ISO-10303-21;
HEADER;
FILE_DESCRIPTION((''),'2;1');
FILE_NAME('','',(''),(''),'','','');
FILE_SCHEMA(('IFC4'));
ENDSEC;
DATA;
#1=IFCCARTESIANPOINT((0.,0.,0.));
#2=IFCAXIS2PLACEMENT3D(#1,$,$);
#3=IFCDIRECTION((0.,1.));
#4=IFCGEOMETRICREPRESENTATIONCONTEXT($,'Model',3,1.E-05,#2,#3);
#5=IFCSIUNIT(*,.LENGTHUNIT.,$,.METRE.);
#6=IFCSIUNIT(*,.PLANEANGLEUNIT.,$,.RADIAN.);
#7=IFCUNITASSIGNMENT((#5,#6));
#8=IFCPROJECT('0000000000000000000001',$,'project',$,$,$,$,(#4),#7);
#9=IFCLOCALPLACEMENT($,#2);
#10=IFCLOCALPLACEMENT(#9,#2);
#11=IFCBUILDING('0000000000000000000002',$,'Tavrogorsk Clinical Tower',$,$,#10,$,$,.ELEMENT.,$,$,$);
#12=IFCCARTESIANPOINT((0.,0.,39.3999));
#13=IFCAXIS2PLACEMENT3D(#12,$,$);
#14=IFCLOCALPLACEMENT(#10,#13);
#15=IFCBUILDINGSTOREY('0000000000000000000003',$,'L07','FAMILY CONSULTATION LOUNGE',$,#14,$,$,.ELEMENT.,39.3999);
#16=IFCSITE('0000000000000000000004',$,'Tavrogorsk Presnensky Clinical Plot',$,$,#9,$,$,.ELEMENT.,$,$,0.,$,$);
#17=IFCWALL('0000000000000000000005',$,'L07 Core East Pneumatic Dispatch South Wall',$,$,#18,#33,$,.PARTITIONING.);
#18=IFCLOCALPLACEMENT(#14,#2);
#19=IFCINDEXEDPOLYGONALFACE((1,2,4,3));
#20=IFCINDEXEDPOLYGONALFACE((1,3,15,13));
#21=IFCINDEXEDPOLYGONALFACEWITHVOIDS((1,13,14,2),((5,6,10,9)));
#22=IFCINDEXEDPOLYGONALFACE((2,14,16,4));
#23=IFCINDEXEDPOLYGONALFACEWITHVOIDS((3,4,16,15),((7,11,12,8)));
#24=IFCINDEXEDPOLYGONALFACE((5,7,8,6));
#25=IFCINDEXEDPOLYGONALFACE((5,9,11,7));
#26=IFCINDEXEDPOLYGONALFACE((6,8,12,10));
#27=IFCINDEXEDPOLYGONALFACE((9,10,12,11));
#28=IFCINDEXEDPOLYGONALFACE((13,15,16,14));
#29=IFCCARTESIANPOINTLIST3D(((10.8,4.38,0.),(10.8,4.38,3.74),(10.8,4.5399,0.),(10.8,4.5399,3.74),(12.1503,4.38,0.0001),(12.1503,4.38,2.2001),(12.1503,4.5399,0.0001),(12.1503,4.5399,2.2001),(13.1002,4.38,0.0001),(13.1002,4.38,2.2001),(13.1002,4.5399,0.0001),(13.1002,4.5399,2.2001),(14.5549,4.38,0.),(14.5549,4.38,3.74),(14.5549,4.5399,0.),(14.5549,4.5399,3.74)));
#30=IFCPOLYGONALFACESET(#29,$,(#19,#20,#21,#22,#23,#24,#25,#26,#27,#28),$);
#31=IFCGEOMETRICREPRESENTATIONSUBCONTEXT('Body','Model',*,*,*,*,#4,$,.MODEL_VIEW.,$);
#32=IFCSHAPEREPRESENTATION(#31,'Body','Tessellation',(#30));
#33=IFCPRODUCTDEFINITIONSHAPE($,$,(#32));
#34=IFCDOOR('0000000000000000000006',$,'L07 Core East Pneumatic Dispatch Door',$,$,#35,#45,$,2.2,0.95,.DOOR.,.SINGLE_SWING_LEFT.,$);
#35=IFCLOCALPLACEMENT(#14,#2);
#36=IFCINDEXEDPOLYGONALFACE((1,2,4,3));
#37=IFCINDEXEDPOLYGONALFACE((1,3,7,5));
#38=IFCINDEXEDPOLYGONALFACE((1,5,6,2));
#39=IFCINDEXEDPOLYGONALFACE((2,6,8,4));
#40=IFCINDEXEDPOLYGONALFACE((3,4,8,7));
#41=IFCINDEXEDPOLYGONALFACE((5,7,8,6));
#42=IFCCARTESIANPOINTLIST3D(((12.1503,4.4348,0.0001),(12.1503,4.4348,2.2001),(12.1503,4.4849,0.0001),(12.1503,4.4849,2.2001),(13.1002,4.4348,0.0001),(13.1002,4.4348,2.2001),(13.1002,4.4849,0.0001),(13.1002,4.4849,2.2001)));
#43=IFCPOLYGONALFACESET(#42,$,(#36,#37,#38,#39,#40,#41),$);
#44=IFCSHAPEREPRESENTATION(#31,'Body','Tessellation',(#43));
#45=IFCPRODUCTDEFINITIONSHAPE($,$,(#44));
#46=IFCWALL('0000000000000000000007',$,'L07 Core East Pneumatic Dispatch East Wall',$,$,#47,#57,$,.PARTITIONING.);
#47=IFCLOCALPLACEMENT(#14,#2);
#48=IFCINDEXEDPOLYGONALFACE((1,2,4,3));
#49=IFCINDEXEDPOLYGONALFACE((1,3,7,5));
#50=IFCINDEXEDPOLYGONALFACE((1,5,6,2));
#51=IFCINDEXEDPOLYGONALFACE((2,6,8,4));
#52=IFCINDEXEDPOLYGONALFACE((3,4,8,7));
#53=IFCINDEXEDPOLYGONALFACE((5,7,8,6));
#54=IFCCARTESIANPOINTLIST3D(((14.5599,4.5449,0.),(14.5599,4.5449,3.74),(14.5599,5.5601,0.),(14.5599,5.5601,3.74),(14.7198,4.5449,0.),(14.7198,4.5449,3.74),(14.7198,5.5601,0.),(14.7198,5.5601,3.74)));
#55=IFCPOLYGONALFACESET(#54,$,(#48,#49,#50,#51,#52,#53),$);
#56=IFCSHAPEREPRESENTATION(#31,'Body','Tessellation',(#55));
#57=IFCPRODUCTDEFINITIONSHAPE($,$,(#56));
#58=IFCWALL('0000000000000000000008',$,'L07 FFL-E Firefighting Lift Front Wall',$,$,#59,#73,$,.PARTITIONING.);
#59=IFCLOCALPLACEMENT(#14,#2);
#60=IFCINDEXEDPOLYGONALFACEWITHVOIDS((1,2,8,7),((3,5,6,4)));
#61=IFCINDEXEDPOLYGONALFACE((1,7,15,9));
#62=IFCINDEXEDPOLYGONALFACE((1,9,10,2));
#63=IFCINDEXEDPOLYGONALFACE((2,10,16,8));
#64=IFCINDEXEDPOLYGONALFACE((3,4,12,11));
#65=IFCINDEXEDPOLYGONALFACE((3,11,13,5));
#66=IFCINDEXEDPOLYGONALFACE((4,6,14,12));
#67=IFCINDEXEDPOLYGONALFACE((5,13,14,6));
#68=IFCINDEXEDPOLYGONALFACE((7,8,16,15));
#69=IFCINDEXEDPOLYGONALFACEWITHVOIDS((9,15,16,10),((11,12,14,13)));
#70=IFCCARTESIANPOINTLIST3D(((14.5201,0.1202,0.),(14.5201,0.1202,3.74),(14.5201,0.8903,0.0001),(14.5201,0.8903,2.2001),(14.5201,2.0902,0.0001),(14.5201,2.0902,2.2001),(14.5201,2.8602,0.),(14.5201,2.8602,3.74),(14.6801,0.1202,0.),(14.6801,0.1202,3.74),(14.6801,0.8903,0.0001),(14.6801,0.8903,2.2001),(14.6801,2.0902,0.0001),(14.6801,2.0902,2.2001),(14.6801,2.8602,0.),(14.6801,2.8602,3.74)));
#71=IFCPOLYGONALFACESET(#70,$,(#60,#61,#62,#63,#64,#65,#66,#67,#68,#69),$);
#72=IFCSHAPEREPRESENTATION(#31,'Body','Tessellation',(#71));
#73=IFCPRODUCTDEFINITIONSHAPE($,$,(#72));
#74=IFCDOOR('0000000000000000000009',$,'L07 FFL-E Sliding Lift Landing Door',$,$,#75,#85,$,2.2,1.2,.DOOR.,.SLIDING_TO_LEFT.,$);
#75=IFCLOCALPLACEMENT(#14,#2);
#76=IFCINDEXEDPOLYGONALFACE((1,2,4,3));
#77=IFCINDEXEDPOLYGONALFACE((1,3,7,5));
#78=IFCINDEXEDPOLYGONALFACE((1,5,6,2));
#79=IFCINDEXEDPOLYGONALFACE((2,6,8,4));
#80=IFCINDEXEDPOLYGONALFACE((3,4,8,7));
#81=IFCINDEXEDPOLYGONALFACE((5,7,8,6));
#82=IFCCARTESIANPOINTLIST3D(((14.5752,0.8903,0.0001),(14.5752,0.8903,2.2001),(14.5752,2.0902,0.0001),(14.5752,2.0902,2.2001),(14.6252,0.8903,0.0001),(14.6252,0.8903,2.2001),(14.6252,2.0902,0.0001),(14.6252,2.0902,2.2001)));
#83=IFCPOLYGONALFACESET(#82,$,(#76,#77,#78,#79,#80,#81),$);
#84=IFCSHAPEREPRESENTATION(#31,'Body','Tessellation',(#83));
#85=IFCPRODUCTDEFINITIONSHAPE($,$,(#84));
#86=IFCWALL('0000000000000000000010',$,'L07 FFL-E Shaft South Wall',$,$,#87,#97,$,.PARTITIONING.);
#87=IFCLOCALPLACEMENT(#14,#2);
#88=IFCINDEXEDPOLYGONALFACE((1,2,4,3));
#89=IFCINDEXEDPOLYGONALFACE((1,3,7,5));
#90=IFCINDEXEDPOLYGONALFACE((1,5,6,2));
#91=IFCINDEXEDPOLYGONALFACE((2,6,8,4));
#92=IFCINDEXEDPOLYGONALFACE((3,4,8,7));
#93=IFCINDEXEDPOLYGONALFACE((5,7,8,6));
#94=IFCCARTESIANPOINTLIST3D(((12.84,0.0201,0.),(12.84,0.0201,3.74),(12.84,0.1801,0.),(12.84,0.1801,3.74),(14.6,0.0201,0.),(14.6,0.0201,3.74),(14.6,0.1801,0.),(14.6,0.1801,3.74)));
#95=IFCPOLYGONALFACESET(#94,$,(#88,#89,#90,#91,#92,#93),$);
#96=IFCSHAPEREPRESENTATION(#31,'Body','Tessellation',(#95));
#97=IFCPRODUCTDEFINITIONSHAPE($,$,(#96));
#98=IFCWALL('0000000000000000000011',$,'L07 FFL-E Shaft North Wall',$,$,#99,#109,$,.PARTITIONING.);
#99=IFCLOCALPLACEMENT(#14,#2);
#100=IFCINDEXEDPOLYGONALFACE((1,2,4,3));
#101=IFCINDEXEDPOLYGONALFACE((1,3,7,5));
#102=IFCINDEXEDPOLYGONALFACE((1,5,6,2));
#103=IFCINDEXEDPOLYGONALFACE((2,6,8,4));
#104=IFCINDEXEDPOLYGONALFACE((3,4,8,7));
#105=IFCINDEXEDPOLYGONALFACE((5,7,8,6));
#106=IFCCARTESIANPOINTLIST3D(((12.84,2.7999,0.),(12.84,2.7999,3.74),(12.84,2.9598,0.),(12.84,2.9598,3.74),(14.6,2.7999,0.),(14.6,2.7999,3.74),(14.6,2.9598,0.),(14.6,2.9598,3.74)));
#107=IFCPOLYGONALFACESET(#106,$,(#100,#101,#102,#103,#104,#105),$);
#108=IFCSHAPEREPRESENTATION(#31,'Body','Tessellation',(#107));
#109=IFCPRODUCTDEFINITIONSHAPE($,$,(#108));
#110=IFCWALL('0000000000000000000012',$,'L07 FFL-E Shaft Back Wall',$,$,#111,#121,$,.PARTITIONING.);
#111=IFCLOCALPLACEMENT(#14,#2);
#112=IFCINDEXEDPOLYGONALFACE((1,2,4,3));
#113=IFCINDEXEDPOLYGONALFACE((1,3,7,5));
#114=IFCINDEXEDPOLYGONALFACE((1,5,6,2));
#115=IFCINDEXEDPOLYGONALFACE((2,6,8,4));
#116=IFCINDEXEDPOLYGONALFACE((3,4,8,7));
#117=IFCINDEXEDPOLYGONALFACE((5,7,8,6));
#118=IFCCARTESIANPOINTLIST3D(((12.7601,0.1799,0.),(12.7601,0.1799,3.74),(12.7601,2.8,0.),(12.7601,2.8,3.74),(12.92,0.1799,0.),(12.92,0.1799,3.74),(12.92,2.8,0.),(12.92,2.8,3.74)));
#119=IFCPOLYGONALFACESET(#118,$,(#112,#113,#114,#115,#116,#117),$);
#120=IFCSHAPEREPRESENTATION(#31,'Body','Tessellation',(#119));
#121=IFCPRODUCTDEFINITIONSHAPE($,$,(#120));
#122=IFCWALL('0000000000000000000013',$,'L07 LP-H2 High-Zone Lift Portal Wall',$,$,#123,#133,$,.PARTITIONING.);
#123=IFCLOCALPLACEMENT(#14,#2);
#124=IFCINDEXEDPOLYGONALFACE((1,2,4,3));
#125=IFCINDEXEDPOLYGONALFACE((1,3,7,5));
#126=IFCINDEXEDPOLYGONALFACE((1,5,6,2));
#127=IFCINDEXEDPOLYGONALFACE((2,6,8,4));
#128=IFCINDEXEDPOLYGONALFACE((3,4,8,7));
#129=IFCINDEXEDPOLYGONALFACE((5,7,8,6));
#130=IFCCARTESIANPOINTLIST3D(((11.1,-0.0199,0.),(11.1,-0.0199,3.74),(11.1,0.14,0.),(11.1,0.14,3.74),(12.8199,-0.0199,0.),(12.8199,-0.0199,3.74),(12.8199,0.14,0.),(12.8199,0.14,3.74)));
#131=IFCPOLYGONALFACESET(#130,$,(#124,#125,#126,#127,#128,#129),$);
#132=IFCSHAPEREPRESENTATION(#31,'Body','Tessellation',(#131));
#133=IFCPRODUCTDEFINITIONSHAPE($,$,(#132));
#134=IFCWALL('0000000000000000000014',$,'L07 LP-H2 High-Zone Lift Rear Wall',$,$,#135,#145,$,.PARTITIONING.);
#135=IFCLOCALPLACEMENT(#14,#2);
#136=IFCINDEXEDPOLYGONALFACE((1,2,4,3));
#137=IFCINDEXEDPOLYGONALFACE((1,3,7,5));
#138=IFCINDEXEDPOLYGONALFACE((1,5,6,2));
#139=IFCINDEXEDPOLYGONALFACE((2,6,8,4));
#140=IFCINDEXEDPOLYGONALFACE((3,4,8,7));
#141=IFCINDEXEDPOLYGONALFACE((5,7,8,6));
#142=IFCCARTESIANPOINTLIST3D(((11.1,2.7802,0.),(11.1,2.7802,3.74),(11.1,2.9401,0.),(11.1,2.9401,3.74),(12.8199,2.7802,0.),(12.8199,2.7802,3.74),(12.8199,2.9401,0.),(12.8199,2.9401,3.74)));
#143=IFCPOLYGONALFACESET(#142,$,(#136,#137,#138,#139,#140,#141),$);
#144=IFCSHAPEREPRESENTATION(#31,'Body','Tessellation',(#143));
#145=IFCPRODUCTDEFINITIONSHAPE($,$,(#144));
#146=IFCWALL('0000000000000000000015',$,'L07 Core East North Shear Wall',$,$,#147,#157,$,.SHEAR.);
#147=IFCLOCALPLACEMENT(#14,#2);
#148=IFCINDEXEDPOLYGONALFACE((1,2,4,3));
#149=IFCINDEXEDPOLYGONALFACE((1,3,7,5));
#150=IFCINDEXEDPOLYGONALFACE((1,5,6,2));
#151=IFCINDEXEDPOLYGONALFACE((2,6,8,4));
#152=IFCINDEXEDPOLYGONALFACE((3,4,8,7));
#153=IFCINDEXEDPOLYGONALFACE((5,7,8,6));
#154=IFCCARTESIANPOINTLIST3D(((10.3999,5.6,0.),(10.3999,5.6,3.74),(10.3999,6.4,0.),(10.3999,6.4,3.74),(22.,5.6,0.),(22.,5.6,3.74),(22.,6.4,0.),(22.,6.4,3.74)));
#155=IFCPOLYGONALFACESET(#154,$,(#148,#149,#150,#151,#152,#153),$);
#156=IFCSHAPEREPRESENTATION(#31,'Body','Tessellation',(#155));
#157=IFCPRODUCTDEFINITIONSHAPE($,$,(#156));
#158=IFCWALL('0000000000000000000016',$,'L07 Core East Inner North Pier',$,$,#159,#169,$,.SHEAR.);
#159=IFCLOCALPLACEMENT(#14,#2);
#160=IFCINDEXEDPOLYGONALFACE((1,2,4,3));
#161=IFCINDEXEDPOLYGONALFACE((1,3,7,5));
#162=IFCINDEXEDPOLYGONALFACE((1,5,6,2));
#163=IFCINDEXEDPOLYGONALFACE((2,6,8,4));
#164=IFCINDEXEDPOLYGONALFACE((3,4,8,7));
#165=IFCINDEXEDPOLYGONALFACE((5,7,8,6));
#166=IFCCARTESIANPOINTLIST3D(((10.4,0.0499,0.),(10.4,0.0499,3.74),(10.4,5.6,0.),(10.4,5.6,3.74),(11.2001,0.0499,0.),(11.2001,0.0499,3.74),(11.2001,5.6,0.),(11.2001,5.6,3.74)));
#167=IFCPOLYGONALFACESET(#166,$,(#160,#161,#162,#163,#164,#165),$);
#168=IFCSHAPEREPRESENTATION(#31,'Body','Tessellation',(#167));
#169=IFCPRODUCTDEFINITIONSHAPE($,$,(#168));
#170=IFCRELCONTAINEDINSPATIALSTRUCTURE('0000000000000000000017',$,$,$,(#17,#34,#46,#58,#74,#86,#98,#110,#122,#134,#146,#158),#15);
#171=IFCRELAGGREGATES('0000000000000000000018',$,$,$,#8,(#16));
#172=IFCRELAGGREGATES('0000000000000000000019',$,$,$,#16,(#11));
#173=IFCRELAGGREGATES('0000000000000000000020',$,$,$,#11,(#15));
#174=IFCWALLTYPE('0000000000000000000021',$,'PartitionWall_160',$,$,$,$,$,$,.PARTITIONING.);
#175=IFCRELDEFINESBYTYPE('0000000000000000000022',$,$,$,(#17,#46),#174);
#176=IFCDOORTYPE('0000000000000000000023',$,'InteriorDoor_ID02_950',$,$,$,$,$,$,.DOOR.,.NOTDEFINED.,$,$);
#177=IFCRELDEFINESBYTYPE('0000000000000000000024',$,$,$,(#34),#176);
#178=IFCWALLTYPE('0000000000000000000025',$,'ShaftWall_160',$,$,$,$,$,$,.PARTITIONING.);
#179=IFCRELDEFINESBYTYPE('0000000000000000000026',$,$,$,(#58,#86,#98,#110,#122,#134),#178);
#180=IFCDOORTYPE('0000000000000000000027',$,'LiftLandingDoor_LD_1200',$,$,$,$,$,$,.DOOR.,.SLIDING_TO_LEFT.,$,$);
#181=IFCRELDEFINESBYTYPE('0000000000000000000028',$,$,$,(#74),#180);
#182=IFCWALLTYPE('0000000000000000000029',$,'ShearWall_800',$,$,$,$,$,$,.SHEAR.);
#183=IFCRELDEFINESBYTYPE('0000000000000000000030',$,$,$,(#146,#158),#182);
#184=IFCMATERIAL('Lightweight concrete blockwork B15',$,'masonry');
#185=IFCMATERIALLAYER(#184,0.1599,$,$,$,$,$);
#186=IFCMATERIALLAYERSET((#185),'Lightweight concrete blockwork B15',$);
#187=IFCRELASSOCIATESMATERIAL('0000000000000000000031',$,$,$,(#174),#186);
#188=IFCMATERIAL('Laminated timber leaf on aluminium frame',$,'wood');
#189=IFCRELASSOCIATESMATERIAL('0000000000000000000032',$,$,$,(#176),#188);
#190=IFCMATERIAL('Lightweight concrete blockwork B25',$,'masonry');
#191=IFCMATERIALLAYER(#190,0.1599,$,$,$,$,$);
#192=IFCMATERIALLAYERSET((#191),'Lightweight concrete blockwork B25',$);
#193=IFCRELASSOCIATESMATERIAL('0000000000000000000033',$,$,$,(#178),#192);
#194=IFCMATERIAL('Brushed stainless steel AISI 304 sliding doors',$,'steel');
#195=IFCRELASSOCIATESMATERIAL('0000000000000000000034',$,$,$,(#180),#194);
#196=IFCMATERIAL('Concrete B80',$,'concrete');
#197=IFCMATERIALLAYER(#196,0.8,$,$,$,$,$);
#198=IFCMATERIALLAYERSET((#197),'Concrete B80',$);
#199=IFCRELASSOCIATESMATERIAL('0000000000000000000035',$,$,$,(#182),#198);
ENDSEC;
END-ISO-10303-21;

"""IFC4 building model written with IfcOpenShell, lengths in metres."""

from ifc_helpers import new_model, si_unit, direction, frame, frame_2d, origin, place, context, subcontext, project, spatial, rectangle, extrude, material, layer, layer_set, type_object, element, fill, save


model = new_model("IFC4")

# Units and contexts
model_context = context("Model", 3, precision=1e-05, world=origin(), true_north=direction((0.0, 1.0)))
body_context = subcontext(model_context, "Body", "Model", "MODEL_VIEW")
ifc_project = project(units=[si_unit("LENGTHUNIT", "METRE"), si_unit("PLANEANGLEUNIT", "RADIAN")], contexts=[model_context])

# Site, building, storey
site_placement = place(None, origin())
site = spatial("IfcSite", under=ifc_project, at=site_placement, Name="Tavrogorsk Presnensky Clinical Plot", CompositionType="ELEMENT", RefElevation=0.0)
building_placement = place(site_placement, origin())
building = spatial("IfcBuilding", under=site, at=building_placement, Name="Tavrogorsk Clinical Tower", CompositionType="ELEMENT")
storey_placement = place(building_placement, frame((0.0, 0.0, 39.3999)))
storey = spatial("IfcBuildingStorey", under=building, at=storey_placement, Name="L07", Description="FAMILY CONSULTATION LOUNGE", CompositionType="ELEMENT", Elevation=39.3999)

# Wall, opening, door
ifc_material_1 = material(Name="Lightweight concrete blockwork B15", Category="masonry")
ifc_layer_1 = layer(ifc_material_1, 0.1599)
ifc_layer_set_1 = layer_set([ifc_layer_1], Name="Lightweight concrete blockwork B15")
wall_type_1 = type_object("IfcWallType", Name="PartitionWall_160", PredefinedType="PARTITIONING", material=ifc_layer_set_1)
wall_1_placement = place(storey_placement, frame((10.8, 4.46, 0.0), z_axis=(0.0, 0.0, 1.0), x_axis=(1.0, 0.0, 0.0)))
wall_1 = element("IfcWall", 1, at=wall_1_placement, inside=storey, type_object=wall_type_1, Name="L07 Core East Pneumatic Dispatch South Wall", PredefinedType="PARTITIONING", context=body_context, shape_type="SweptSolid", body=[
    extrude(rectangle(XDim=3.7549, YDim=0.1599, at=frame_2d((1.8774, 0.0))), origin(), (0.0, 0.0, 1.0), 3.74),
])
opening_1_placement = place(wall_1_placement, frame((1.3501, 0.0, 0.0)))
opening_1 = element("IfcOpeningElement", 2, at=opening_1_placement, cuts=wall_1, PredefinedType="OPENING", context=body_context, shape_type="SweptSolid", body=[
    extrude(rectangle(XDim=0.95, YDim=2.2, at=frame_2d((0.4751, 1.1001))), frame((0.0, 0.0898, 0.0), z_axis=(0.0, -1.0, 0.0), x_axis=(1.0, 0.0, 0.0)), (0.0, 0.0, 1.0), 0.1799),
])
ifc_material_2 = material(Name="Laminated timber leaf on aluminium frame", Category="wood")
door_type_1 = type_object("IfcDoorType", Name="InteriorDoor_ID02_950", OperationType="NOTDEFINED", PredefinedType="DOOR", material=ifc_material_2)
door_1_placement = place(opening_1_placement, origin())
door_1 = element("IfcDoor", 3, at=door_1_placement, inside=storey, type_object=door_type_1, Name="L07 Core East Pneumatic Dispatch Door", OperationType="SINGLE_SWING_LEFT", OverallHeight=2.2, OverallWidth=0.95, PredefinedType="DOOR", context=body_context, shape_type="SweptSolid", body=[
    extrude(rectangle(XDim=0.95, YDim=2.2, at=frame_2d((0.4751, 1.1001))), frame((0.0, 0.0249, 0.0), z_axis=(0.0, -1.0, 0.0), x_axis=(1.0, 0.0, 0.0)), (0.0, 0.0, 1.0), 0.05),
])
fill(opening_1, door_1)

# Wall
wall_2_placement = place(storey_placement, frame((14.6399, 4.5449, 0.0), z_axis=(0.0, 0.0, 1.0), x_axis=(0.0, 1.0, 0.0)))
element("IfcWall", 4, at=wall_2_placement, inside=storey, type_object=wall_type_1, Name="L07 Core East Pneumatic Dispatch East Wall", PredefinedType="PARTITIONING", context=body_context, shape_type="SweptSolid", body=[
    extrude(rectangle(XDim=1.0151, YDim=0.1599, at=frame_2d((0.5076, 0.0))), origin(), (0.0, 0.0, 1.0), 3.74),
])

# Wall, opening, door
ifc_material_3 = material(Name="Lightweight concrete blockwork B25", Category="masonry")
ifc_layer_2 = layer(ifc_material_3, 0.1599)
ifc_layer_set_2 = layer_set([ifc_layer_2], Name="Lightweight concrete blockwork B25")
wall_type_2 = type_object("IfcWallType", Name="ShaftWall_160", PredefinedType="PARTITIONING", material=ifc_layer_set_2)
wall_3_placement = place(storey_placement, frame((14.6001, 0.1201, 0.0), z_axis=(0.0, 0.0, 1.0), x_axis=(0.0, 1.0, 0.0)))
wall_3 = element("IfcWall", 5, at=wall_3_placement, inside=storey, type_object=wall_type_2, Name="L07 FFL-E Firefighting Lift Front Wall", PredefinedType="PARTITIONING", context=body_context, shape_type="SweptSolid", body=[
    extrude(rectangle(XDim=2.74, YDim=0.1599, at=frame_2d((1.3701, 0.0))), origin(), (0.0, 0.0, 1.0), 3.74),
])
opening_2_placement = place(wall_3_placement, frame((0.77, 0.0, 0.0)))
opening_2 = element("IfcOpeningElement", 6, at=opening_2_placement, cuts=wall_3, PredefinedType="OPENING", context=body_context, shape_type="SweptSolid", body=[
    extrude(rectangle(XDim=1.2, YDim=2.2, at=frame_2d((0.6001, 1.1001))), frame((0.0, 0.0898, 0.0), z_axis=(0.0, -1.0, 0.0), x_axis=(1.0, 0.0, 0.0)), (0.0, 0.0, 1.0), 0.1799),
])
ifc_material_4 = material(Name="Brushed stainless steel AISI 304 sliding doors", Category="steel")
door_type_2 = type_object("IfcDoorType", Name="LiftLandingDoor_LD_1200", OperationType="SLIDING_TO_LEFT", PredefinedType="DOOR", material=ifc_material_4)
door_2_placement = place(opening_2_placement, origin())
door_2 = element("IfcDoor", 7, at=door_2_placement, inside=storey, type_object=door_type_2, Name="L07 FFL-E Sliding Lift Landing Door", OperationType="SLIDING_TO_LEFT", OverallHeight=2.2, OverallWidth=1.2, PredefinedType="DOOR", context=body_context, shape_type="SweptSolid", body=[
    extrude(rectangle(XDim=1.2, YDim=2.2, at=frame_2d((0.6001, 1.1001))), frame((0.0, 0.0249, 0.0), z_axis=(0.0, -1.0, 0.0), x_axis=(1.0, 0.0, 0.0)), (0.0, 0.0, 1.0), 0.05),
])
fill(opening_2, door_2)

# Walls
for number, where, z_axis, x_axis, name in (
    (8, (12.8401, 0.1001, 0.0), (0.0, 0.0, 1.0), (1.0, 0.0, 0.0), "L07 FFL-E Shaft South Wall"),
    (9, (12.8401, 2.8799, 0.0), (0.0, 0.0, 1.0), (1.0, 0.0, 0.0), "L07 FFL-E Shaft North Wall"),
):
    element("IfcWall", number, at=place(storey_placement, frame(where, z_axis=z_axis, x_axis=x_axis)), inside=storey, type_object=wall_type_2, Name=name, PredefinedType="PARTITIONING", context=body_context, shape_type="SweptSolid", body=[
        extrude(rectangle(XDim=1.76, YDim=0.1599, at=frame_2d((0.8799, 0.0))), origin(), (0.0, 0.0, 1.0), 3.74),
    ])
wall_4_placement = place(storey_placement, frame((12.8401, 0.1799, 0.0), z_axis=(0.0, 0.0, 1.0), x_axis=(0.0, 1.0, 0.0)))
element("IfcWall", 10, at=wall_4_placement, inside=storey, type_object=wall_type_2, Name="L07 FFL-E Shaft Back Wall", PredefinedType="PARTITIONING", context=body_context, shape_type="SweptSolid", body=[
    extrude(rectangle(XDim=2.6201, YDim=0.1599, at=frame_2d((1.3101, 0.0))), origin(), (0.0, 0.0, 1.0), 3.74),
])
for number, where, z_axis, x_axis, name in (
    (11, (11.1001, 0.0601, 0.0), (0.0, 0.0, 1.0), (1.0, 0.0, 0.0), "L07 LP-H2 High-Zone Lift Portal Wall"),
    (12, (11.1001, 2.8601, 0.0), (0.0, 0.0, 1.0), (1.0, 0.0, 0.0), "L07 LP-H2 High-Zone Lift Rear Wall"),
):
    element("IfcWall", number, at=place(storey_placement, frame(where, z_axis=z_axis, x_axis=x_axis)), inside=storey, type_object=wall_type_2, Name=name, PredefinedType="PARTITIONING", context=body_context, shape_type="SweptSolid", body=[
        extrude(rectangle(XDim=1.72, YDim=0.1599, at=frame_2d((0.8599, 0.0))), origin(), (0.0, 0.0, 1.0), 3.74),
    ])
ifc_material_5 = material(Name="Concrete B80", Category="concrete")
ifc_layer_3 = layer(ifc_material_5, 0.8)
ifc_layer_set_3 = layer_set([ifc_layer_3], Name="Concrete B80")
wall_type_3 = type_object("IfcWallType", Name="ShearWall_800", PredefinedType="SHEAR", material=ifc_layer_set_3)
wall_5_placement = place(storey_placement, frame((10.3999, 6.0, 0.0), z_axis=(0.0, 0.0, 1.0), x_axis=(1.0, 0.0, 0.0)))
element("IfcWall", 13, at=wall_5_placement, inside=storey, type_object=wall_type_3, Name="L07 Core East North Shear Wall", PredefinedType="SHEAR", context=body_context, shape_type="SweptSolid", body=[
    extrude(rectangle(XDim=11.6001, YDim=0.8, at=frame_2d((5.8, 0.0))), origin(), (0.0, 0.0, 1.0), 3.74),
])
wall_6_placement = place(storey_placement, frame((10.8, 0.05, 0.0), z_axis=(0.0, 0.0, 1.0), x_axis=(0.0, 1.0, 0.0)))
element("IfcWall", 14, at=wall_6_placement, inside=storey, type_object=wall_type_3, Name="L07 Core East Inner North Pier", PredefinedType="SHEAR", context=body_context, shape_type="SweptSolid", body=[
    extrude(rectangle(XDim=5.55, YDim=0.8, at=frame_2d((2.7749, 0.0))), origin(), (0.0, 0.0, 1.0), 3.74),
])

save(model, "model.ifc")
